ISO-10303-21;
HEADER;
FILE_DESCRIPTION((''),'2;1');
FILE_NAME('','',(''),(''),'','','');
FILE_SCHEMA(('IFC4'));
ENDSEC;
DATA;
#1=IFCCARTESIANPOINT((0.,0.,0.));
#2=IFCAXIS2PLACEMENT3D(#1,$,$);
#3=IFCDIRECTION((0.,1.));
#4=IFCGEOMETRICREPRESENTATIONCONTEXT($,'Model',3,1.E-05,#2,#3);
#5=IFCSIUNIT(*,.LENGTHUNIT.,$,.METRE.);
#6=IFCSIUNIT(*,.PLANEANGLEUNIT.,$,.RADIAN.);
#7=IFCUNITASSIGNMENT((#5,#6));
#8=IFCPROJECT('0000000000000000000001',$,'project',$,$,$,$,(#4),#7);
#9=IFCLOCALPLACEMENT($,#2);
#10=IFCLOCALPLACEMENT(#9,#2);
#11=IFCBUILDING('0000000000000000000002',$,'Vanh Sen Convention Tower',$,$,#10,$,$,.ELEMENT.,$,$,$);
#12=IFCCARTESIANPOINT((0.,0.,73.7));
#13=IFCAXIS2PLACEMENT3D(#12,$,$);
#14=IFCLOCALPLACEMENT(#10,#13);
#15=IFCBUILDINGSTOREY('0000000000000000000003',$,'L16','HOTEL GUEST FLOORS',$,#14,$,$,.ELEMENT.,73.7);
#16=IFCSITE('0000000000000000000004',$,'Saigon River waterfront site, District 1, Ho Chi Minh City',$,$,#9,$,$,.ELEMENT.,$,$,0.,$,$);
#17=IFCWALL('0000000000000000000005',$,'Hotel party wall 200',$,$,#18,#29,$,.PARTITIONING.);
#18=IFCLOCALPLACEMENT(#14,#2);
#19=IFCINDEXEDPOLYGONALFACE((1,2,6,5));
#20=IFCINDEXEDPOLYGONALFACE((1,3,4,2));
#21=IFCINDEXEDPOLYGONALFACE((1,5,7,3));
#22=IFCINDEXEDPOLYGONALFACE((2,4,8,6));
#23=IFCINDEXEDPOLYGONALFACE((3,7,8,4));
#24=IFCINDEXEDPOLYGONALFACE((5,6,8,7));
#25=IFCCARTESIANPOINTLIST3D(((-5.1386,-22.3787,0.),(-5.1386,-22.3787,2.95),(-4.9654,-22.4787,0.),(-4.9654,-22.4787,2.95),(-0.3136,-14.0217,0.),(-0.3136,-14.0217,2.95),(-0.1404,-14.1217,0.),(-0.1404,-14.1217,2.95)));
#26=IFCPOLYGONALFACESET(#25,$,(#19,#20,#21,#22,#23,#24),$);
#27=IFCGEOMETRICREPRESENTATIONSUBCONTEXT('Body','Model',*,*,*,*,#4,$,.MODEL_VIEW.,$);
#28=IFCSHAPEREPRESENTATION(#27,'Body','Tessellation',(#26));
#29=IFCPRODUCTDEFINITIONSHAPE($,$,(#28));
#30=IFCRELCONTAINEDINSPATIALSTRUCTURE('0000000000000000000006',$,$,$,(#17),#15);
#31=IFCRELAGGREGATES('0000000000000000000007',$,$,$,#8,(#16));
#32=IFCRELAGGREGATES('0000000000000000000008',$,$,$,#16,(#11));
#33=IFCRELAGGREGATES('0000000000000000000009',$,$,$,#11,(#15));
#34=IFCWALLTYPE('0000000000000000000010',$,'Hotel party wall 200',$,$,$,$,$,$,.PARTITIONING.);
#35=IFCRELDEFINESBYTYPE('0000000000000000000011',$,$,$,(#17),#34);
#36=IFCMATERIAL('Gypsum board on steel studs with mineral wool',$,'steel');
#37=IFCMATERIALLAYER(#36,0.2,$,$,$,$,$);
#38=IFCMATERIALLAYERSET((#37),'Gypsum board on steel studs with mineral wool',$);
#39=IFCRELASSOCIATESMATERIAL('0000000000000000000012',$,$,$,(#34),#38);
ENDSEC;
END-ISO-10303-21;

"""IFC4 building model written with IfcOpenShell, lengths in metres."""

from ifc_helpers import new_model, si_unit, direction, frame, frame_2d, origin, place, context, subcontext, project, spatial, rectangle, extrude, material, layer, layer_set, type_object, element, save


model = new_model("IFC4")

# Units and contexts
model_context = context("Model", 3, precision=1e-05, world=origin(), true_north=direction((0.0, 1.0)))
body_context = subcontext(model_context, "Body", "Model", "MODEL_VIEW")
ifc_project = project(units=[si_unit("LENGTHUNIT", "METRE"), si_unit("PLANEANGLEUNIT", "RADIAN")], contexts=[model_context])

# Site, building, storey
site_placement = place(None, origin())
site = spatial("IfcSite", under=ifc_project, at=site_placement, Name="Saigon River waterfront site, District 1, Ho Chi Minh City", CompositionType="ELEMENT", RefElevation=0.0)
building_placement = place(site_placement, origin())
building = spatial("IfcBuilding", under=site, at=building_placement, Name="Vanh Sen Convention Tower", CompositionType="ELEMENT")
storey_placement = place(building_placement, frame((0.0, 0.0, 73.7)))
storey = spatial("IfcBuildingStorey", under=building, at=storey_placement, Name="L16", Description="HOTEL GUEST FLOORS", CompositionType="ELEMENT", Elevation=73.7)

# Shared definitions
ifc_material_1 = material(Name="Gypsum board on steel studs with mineral wool", Category="steel")

# Wall
ifc_layer_1 = layer(ifc_material_1, 0.2)
ifc_layer_set_1 = layer_set([ifc_layer_1], Name="Gypsum board on steel studs with mineral wool")
wall_type_1 = type_object("IfcWallType", Name="Hotel party wall 200", PredefinedType="PARTITIONING", material=ifc_layer_set_1)
wall_1_placement = place(storey_placement, frame((-5.052, -22.4287, 0.0), z_axis=(0.0, 0.0, 1.0), x_axis=(0.500006, 0.866022, 0.0)))
element("IfcWall", 1, at=wall_1_placement, inside=storey, type_object=wall_type_1, Name="Hotel party wall 200", PredefinedType="PARTITIONING", context=body_context, shape_type="SweptSolid", body=[
    extrude(rectangle(XDim=9.6499, YDim=0.2, at=frame_2d((4.825, 0.0))), origin(), (0.0, 0.0, 1.0), 2.95),
])

save(model, "model.ifc")
